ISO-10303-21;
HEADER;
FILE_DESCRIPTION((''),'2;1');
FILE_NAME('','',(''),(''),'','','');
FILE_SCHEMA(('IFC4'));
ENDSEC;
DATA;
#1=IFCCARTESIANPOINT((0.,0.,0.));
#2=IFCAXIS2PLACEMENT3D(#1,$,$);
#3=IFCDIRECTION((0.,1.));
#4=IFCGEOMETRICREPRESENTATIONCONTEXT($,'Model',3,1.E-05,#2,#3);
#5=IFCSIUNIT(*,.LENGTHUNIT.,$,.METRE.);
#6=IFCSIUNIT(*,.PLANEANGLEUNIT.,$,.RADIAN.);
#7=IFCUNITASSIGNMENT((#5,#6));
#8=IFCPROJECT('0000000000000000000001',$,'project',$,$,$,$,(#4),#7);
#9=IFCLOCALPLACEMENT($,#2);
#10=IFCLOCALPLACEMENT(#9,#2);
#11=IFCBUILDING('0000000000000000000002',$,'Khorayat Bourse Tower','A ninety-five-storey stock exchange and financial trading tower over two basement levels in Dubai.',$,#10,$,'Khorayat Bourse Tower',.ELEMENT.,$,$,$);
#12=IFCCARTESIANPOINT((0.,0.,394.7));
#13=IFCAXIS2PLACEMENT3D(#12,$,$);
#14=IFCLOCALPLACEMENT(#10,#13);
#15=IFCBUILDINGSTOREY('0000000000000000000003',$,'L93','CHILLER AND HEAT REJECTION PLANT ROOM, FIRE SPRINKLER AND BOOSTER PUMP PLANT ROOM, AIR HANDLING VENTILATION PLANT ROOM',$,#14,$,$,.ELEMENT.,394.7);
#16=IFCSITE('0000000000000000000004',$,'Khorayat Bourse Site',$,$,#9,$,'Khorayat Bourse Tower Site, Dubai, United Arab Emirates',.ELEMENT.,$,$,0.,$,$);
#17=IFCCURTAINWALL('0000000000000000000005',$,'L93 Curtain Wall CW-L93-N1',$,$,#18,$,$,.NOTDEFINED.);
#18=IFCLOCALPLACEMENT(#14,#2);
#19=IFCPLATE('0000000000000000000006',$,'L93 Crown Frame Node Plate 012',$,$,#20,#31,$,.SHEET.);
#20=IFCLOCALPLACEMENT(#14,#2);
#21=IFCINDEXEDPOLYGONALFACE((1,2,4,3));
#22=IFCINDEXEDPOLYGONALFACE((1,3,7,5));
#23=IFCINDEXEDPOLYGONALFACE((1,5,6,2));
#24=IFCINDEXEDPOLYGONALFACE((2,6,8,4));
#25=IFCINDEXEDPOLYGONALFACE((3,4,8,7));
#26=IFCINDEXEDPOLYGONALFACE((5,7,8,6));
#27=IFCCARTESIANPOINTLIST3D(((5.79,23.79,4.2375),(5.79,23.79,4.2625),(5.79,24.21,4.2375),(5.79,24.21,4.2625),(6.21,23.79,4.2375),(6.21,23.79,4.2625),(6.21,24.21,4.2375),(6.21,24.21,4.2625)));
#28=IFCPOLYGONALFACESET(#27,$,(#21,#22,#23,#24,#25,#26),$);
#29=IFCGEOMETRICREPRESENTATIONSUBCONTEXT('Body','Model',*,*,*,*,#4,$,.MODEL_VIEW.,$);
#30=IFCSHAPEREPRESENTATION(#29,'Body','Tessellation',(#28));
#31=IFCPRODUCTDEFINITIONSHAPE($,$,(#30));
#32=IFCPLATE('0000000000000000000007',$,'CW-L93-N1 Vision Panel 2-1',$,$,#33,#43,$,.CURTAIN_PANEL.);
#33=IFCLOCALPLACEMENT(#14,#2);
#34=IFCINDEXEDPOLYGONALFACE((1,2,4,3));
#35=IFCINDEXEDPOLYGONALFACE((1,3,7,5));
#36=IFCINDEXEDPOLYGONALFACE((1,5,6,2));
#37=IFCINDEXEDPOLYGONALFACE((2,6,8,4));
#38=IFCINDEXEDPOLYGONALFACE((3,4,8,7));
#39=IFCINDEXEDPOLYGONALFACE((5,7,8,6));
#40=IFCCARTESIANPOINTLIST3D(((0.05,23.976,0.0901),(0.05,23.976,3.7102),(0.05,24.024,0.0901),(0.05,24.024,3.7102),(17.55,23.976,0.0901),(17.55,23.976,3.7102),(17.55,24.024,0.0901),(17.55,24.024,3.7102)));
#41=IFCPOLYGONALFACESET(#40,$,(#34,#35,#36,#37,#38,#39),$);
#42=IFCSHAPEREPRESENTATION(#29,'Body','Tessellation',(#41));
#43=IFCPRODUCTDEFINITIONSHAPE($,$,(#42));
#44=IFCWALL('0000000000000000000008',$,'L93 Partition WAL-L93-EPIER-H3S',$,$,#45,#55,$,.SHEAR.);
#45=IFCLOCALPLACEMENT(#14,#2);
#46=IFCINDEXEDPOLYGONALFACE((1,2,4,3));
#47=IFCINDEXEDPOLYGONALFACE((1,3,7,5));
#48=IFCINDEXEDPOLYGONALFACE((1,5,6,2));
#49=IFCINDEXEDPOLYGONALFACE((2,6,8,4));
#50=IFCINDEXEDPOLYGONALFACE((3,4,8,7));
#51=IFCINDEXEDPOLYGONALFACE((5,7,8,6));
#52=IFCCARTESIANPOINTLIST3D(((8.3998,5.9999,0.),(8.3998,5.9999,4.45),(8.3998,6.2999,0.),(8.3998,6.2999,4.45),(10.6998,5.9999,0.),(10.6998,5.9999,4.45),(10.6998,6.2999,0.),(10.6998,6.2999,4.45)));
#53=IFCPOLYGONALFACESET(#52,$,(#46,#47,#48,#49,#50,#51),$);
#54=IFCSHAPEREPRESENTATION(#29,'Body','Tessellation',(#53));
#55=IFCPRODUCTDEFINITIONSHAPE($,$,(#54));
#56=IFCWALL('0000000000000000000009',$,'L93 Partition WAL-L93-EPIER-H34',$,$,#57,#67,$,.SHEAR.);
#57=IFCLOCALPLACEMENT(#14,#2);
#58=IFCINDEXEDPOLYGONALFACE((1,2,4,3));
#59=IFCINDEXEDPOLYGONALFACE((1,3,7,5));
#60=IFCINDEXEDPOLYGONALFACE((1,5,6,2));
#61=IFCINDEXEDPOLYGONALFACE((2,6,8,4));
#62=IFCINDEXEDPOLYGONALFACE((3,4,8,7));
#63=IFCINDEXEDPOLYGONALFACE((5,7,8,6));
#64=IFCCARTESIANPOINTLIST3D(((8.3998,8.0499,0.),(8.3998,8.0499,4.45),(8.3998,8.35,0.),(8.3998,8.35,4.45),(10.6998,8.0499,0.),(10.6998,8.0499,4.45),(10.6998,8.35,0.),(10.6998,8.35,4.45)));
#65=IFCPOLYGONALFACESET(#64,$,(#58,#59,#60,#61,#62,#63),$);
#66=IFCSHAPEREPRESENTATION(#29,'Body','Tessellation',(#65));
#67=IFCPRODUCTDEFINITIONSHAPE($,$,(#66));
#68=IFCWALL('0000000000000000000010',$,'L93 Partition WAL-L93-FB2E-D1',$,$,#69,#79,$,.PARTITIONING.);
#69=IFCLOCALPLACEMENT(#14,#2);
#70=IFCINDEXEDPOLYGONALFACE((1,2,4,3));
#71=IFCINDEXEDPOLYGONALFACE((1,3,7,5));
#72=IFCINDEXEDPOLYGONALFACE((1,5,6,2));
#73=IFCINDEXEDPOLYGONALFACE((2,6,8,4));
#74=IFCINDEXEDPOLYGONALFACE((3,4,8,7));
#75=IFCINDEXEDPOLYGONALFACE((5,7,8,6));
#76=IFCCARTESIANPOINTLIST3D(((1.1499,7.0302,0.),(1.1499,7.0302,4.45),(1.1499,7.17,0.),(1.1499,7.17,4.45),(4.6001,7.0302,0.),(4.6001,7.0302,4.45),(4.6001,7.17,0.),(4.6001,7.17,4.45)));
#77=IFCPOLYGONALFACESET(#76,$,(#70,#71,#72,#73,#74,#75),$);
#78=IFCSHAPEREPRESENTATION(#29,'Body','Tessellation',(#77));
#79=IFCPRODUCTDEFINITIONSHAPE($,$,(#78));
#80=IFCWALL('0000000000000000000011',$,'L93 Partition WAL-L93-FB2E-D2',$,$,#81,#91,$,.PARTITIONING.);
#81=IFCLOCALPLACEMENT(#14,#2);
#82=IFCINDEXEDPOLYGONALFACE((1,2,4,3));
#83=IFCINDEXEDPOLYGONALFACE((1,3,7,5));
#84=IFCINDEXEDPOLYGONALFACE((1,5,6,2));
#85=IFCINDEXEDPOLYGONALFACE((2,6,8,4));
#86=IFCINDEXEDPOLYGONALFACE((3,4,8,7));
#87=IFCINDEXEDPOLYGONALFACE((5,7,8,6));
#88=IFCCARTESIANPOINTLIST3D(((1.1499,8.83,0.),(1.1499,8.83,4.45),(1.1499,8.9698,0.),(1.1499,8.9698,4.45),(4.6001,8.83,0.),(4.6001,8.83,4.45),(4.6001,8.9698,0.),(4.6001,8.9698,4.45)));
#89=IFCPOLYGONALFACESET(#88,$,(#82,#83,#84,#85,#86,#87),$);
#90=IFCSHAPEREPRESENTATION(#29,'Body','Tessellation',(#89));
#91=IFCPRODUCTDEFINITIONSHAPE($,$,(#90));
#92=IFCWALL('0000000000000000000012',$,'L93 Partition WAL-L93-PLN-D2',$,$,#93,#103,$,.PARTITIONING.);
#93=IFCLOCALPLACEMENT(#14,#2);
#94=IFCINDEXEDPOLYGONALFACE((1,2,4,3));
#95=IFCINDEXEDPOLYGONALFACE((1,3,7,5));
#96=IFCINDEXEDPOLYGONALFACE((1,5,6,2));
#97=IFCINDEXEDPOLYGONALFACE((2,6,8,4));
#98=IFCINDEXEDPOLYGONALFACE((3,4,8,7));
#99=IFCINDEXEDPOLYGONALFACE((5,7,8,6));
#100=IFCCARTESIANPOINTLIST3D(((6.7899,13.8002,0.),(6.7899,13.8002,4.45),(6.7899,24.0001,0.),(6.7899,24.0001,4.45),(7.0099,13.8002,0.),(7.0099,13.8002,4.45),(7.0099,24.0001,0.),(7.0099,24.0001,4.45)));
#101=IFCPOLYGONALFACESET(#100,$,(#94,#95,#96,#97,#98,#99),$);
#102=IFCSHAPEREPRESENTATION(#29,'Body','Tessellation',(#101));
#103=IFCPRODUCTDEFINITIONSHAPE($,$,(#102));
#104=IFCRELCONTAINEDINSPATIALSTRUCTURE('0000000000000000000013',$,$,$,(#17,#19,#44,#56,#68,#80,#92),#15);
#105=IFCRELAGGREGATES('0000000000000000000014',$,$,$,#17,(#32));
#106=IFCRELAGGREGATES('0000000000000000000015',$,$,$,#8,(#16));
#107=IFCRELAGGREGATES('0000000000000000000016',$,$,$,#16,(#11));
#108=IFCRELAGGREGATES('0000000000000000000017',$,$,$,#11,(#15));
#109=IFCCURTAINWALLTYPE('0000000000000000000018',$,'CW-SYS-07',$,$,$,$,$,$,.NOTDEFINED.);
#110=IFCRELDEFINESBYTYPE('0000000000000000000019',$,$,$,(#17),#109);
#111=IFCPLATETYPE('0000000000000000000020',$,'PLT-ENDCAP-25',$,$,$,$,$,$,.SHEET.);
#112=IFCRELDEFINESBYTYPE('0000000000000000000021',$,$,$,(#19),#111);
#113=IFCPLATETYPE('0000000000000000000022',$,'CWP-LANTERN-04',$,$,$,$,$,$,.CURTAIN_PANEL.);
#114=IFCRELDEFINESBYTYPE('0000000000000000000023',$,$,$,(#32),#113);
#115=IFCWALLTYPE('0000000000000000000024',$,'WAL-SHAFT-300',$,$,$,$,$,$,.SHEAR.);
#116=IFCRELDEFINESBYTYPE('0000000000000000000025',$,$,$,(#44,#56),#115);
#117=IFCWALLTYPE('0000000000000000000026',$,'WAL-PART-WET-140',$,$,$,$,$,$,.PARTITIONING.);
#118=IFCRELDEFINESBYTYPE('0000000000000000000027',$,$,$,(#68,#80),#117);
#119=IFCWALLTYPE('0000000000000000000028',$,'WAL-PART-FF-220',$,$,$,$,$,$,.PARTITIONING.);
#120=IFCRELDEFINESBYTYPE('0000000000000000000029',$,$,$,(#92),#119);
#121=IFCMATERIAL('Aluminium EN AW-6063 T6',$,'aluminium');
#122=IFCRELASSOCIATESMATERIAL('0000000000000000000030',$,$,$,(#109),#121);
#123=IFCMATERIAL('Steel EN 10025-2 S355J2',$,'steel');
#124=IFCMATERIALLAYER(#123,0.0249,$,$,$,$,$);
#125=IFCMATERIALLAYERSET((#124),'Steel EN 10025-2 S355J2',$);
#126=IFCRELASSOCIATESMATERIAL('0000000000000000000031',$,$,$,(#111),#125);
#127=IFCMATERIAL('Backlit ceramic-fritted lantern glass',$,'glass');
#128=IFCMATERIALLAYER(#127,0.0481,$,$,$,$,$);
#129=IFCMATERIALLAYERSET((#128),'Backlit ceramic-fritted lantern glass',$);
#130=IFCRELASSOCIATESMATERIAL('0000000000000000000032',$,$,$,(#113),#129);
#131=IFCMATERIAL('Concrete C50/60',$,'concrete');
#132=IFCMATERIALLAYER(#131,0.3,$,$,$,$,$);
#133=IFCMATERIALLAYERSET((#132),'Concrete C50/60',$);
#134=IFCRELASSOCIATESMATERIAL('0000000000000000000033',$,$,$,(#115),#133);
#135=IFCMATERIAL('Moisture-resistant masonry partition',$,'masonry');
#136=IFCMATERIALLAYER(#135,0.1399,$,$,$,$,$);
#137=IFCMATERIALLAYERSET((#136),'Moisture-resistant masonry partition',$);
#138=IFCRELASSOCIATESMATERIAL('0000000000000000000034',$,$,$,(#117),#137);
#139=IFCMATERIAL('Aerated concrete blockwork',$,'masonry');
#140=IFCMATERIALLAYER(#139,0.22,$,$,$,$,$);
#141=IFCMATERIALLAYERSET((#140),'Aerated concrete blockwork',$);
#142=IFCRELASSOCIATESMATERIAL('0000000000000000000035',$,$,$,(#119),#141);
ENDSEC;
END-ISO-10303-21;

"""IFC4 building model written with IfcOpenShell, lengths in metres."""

from ifc_helpers import new_model, si_unit, direction, frame, frame_2d, origin, origin_2d, place, context, subcontext, project, spatial, rectangle, extrude, source, transform, mapped, material, layer, layer_set, type_object, element, aggregate, save


model = new_model("IFC4")

# Units and contexts
model_context = context("Model", 3, precision=1e-05, world=origin(), true_north=direction((0.0, 1.0)))
body_context = subcontext(model_context, "Body", "Model", "MODEL_VIEW")
ifc_project = project(units=[si_unit("LENGTHUNIT", "METRE"), si_unit("PLANEANGLEUNIT", "RADIAN")], contexts=[model_context])

# Site, building, storey
site_placement = place(None, origin())
site = spatial("IfcSite", under=ifc_project, at=site_placement, Name="Khorayat Bourse Site", LongName="Khorayat Bourse Tower Site, Dubai, United Arab Emirates", CompositionType="ELEMENT", RefElevation=0.0)
building_placement = place(site_placement, origin())
building = spatial("IfcBuilding", under=site, at=building_placement, Name="Khorayat Bourse Tower", Description="A ninety-five-storey stock exchange and financial trading tower over two basement levels in Dubai.", LongName="Khorayat Bourse Tower", CompositionType="ELEMENT")
storey_placement = place(building_placement, frame((0.0, 0.0, 394.7)))
storey = spatial("IfcBuildingStorey", under=building, at=storey_placement, Name="L93", Description="CHILLER AND HEAT REJECTION PLANT ROOM, FIRE SPRINKLER AND BOOSTER PUMP PLANT ROOM, AIR HANDLING VENTILATION PLANT ROOM", CompositionType="ELEMENT", Elevation=394.7)

# Shared definitions
ifc_material_1 = material(Name="Steel EN 10025-2 S355J2", Category="steel")

# Curtain wall
ifc_material_2 = material(Name="Aluminium EN AW-6063 T6", Category="aluminium")
curtain_wall_type = type_object("IfcCurtainWallType", Name="CW-SYS-07", PredefinedType="NOTDEFINED", material=ifc_material_2)
curtain_wall_placement = place(storey_placement, origin())
curtain_wall = element("IfcCurtainWall", 1, at=curtain_wall_placement, inside=storey, type_object=curtain_wall_type, Name="L93 Curtain Wall CW-L93-N1", PredefinedType="NOTDEFINED")

# Plate
ifc_layer_1 = layer(ifc_material_1, 0.0249)
ifc_layer_set_1 = layer_set([ifc_layer_1], Name="Steel EN 10025-2 S355J2")
plate_type_1 = type_object("IfcPlateType", Name="PLT-ENDCAP-25", PredefinedType="SHEET", material=ifc_layer_set_1)
shared_shape_1 = source(origin(), body_context, "Body", "SweptSolid", [
    extrude(rectangle(XDim=0.4199, YDim=0.4199, at=origin_2d()), origin(), (0.0, 0.0, 1.0), 0.0249),
])
for number, where, z_axis, x_axis, name in (
    (2, (6.0, 24.0, 4.2375), (0.0, 0.0, 1.0), (1.0, 0.0, 0.0), "L93 Crown Frame Node Plate 012"),
):
    element("IfcPlate", number, at=place(storey_placement, frame(where, z_axis=z_axis, x_axis=x_axis)), inside=storey, type_object=plate_type_1, Name=name, PredefinedType="SHEET", context=body_context, shape_type="MappedRepresentation", body=[
        mapped(shared_shape_1, transform((0.0, 0.0, 0.0), scale=1.0)),
    ])

# Plate
ifc_material_3 = material(Name="Backlit ceramic-fritted lantern glass", Category="glass")
ifc_layer_2 = layer(ifc_material_3, 0.0481)
ifc_layer_set_2 = layer_set([ifc_layer_2], Name="Backlit ceramic-fritted lantern glass")
plate_type_2 = type_object("IfcPlateType", Name="CWP-LANTERN-04", PredefinedType="CURTAIN_PANEL", material=ifc_layer_set_2)
shared_shape_2 = source(origin(), body_context, "Body", "SweptSolid", [
    extrude(rectangle(XDim=17.5, YDim=0.0481, at=origin_2d()), origin(), (0.0, 0.0, 1.0), 3.6201),
])
plate_placement = place(storey_placement, frame((8.8, 24.0, 0.0901), z_axis=(0.0, 0.0, 1.0), x_axis=(1.0, 0.0, 0.0)))
plate = element("IfcPlate", 3, at=plate_placement, type_object=plate_type_2, Name="CW-L93-N1 Vision Panel 2-1", PredefinedType="CURTAIN_PANEL", context=body_context, shape_type="MappedRepresentation", body=[
    mapped(shared_shape_2, transform((0.0, 0.0, 0.0), scale=1.0)),
])
aggregate(curtain_wall, [plate])

# Walls
ifc_material_4 = material(Name="Concrete C50/60", Category="concrete")
ifc_layer_3 = layer(ifc_material_4, 0.3)
ifc_layer_set_3 = layer_set([ifc_layer_3], Name="Concrete C50/60")
wall_type_1 = type_object("IfcWallType", Name="WAL-SHAFT-300", PredefinedType="SHEAR", material=ifc_layer_set_3)
shared_shape_3 = source(origin(), body_context, "Body", "SweptSolid", [
    extrude(rectangle(XDim=2.3, YDim=0.3, at=frame_2d((1.1499, 0.0))), origin(), (0.0, 0.0, 1.0), 4.45),
])
for number, where, z_axis, x_axis, name in (
    (4, (8.3999, 6.1499, 0.0), (0.0, 0.0, 1.0), (1.0, 0.0, 0.0), "L93 Partition WAL-L93-EPIER-H3S"),
    (5, (8.3999, 8.2, 0.0), (0.0, 0.0, 1.0), (1.0, 0.0, 0.0), "L93 Partition WAL-L93-EPIER-H34"),
):
    element("IfcWall", number, at=place(storey_placement, frame(where, z_axis=z_axis, x_axis=x_axis)), inside=storey, type_object=wall_type_1, Name=name, PredefinedType="SHEAR", context=body_context, shape_type="MappedRepresentation", body=[
        mapped(shared_shape_3, transform((0.0, 0.0, 0.0), scale=1.0)),
    ])
ifc_material_5 = material(Name="Moisture-resistant masonry partition", Category="masonry")
ifc_layer_4 = layer(ifc_material_5, 0.1399)
ifc_layer_set_4 = layer_set([ifc_layer_4], Name="Moisture-resistant masonry partition")
wall_type_2 = type_object("IfcWallType", Name="WAL-PART-WET-140", PredefinedType="PARTITIONING", material=ifc_layer_set_4)
shared_shape_4 = source(origin(), body_context, "Body", "SweptSolid", [
    extrude(rectangle(XDim=3.4502, YDim=0.1399, at=frame_2d((1.7251, 0.0))), origin(), (0.0, 0.0, 1.0), 4.45),
])
for number, where, z_axis, x_axis, name in (
    (6, (1.1499, 7.1001, 0.0), (0.0, 0.0, 1.0), (1.0, 0.0, 0.0), "L93 Partition WAL-L93-FB2E-D1"),
    (7, (1.1499, 8.8999, 0.0), (0.0, 0.0, 1.0), (1.0, 0.0, 0.0), "L93 Partition WAL-L93-FB2E-D2"),
):
    element("IfcWall", number, at=place(storey_placement, frame(where, z_axis=z_axis, x_axis=x_axis)), inside=storey, type_object=wall_type_2, Name=name, PredefinedType="PARTITIONING", context=body_context, shape_type="MappedRepresentation", body=[
        mapped(shared_shape_4, transform((0.0, 0.0, 0.0), scale=1.0)),
    ])
ifc_material_6 = material(Name="Aerated concrete blockwork", Category="masonry")
ifc_layer_5 = layer(ifc_material_6, 0.22)
ifc_layer_set_5 = layer_set([ifc_layer_5], Name="Aerated concrete blockwork")
wall_type_3 = type_object("IfcWallType", Name="WAL-PART-FF-220", PredefinedType="PARTITIONING", material=ifc_layer_set_5)
shared_shape_5 = source(origin(), body_context, "Body", "SweptSolid", [
    extrude(rectangle(XDim=10.2, YDim=0.22, at=frame_2d((5.1001, 0.0))), origin(), (0.0, 0.0, 1.0), 4.45),
])
wall_1_placement = place(storey_placement, frame((6.8999, 13.8, 0.0), z_axis=(0.0, 0.0, 1.0), x_axis=(0.0, 1.0, 0.0)))
element("IfcWall", 8, at=wall_1_placement, inside=storey, type_object=wall_type_3, Name="L93 Partition WAL-L93-PLN-D2", PredefinedType="PARTITIONING", context=body_context, shape_type="MappedRepresentation", body=[
    mapped(shared_shape_5, transform((0.0, 0.0, 0.0), scale=1.0)),
])

save(model, "model.ifc")
